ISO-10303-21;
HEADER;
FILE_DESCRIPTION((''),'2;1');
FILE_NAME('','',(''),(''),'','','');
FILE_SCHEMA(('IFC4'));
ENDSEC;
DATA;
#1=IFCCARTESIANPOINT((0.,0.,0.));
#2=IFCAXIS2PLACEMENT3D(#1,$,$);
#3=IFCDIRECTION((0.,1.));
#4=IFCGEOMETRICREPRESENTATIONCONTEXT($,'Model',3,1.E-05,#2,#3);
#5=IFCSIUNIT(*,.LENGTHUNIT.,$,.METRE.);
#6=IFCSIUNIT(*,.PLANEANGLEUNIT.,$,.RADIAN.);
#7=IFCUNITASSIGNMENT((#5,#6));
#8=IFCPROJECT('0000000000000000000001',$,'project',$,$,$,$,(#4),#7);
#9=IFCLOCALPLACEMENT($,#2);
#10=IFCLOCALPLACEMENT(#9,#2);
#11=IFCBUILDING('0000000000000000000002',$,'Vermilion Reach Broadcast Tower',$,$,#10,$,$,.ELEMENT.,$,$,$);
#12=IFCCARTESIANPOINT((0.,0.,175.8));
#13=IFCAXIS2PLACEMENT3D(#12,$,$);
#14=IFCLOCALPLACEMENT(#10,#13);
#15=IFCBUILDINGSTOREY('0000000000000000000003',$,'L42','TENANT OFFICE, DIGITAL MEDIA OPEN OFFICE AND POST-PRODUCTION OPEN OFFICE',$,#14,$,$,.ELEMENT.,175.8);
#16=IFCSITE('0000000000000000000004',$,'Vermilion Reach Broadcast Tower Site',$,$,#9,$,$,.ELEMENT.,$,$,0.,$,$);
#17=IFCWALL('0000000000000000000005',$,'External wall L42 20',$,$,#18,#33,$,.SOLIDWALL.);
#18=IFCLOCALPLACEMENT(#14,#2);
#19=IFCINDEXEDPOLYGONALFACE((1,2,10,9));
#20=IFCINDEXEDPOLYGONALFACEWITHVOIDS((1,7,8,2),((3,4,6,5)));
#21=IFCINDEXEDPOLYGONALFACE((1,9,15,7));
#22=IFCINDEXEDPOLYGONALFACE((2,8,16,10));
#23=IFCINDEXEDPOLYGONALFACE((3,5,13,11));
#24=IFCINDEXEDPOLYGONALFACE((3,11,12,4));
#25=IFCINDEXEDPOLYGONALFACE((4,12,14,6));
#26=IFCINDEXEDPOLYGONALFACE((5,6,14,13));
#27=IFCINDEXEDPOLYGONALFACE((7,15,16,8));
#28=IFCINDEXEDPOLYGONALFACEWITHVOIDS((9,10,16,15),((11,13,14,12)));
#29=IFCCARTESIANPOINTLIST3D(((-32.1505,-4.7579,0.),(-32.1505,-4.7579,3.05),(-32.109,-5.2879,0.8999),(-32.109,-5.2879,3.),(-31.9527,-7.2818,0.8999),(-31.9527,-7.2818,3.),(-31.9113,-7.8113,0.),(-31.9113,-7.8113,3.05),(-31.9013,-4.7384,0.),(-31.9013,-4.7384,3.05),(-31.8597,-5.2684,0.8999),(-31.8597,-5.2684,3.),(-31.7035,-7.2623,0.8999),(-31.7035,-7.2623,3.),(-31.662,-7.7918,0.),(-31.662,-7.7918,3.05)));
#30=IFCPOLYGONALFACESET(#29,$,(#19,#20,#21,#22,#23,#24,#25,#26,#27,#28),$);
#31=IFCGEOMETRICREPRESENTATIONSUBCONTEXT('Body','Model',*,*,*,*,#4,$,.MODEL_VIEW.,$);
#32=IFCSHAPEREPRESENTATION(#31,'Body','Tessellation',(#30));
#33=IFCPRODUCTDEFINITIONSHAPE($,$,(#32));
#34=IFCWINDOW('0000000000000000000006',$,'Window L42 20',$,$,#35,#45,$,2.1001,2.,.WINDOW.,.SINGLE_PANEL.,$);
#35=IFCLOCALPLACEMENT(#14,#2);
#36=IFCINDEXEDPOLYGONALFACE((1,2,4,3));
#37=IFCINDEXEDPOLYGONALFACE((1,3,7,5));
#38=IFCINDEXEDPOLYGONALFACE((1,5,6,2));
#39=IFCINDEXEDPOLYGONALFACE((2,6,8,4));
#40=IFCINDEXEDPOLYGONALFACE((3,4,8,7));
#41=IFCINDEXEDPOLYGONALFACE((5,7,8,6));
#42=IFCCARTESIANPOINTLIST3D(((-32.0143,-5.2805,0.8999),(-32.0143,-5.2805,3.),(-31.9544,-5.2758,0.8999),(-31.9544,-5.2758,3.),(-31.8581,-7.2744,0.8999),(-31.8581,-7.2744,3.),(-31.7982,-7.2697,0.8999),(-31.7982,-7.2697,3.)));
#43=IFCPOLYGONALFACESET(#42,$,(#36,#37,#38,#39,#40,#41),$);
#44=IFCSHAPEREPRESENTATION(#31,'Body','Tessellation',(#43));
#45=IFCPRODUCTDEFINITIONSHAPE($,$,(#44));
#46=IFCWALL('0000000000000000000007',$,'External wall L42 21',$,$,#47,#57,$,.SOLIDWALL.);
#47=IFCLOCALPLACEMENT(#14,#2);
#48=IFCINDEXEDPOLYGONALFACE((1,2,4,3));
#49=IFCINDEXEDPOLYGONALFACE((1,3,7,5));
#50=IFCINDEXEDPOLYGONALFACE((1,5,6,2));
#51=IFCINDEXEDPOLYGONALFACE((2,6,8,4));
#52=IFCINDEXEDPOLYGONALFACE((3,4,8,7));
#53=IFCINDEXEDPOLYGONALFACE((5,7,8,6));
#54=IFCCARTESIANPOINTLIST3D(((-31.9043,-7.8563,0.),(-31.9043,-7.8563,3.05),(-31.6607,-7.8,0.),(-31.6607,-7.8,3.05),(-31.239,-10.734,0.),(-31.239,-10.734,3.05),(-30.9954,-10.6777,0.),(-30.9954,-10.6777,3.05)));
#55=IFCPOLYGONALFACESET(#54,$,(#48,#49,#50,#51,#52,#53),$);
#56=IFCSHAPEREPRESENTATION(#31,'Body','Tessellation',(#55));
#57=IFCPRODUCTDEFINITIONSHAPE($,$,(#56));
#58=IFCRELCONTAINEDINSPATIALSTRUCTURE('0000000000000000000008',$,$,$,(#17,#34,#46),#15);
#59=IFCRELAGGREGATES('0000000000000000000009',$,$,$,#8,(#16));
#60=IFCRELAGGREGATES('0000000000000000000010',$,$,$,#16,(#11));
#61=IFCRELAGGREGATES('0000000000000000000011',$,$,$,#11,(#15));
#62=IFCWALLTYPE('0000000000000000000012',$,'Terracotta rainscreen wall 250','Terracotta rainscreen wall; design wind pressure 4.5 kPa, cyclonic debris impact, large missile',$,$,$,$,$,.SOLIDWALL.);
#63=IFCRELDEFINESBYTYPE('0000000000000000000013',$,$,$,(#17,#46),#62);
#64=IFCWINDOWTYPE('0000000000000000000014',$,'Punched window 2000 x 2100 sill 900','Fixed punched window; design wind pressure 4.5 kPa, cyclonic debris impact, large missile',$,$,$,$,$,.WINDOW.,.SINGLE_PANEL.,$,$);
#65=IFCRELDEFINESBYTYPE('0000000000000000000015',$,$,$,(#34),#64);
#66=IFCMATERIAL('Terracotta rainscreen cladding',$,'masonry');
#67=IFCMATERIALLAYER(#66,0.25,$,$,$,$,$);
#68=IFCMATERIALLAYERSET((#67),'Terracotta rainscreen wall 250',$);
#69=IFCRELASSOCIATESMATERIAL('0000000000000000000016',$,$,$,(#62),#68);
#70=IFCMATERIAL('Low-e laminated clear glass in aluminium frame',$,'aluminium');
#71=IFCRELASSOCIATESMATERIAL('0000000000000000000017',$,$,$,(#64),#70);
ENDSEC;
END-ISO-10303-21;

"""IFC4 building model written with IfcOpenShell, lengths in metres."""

from ifc_helpers import new_model, si_unit, direction, frame, frame_2d, origin, place, context, subcontext, project, spatial, rectangle, extrude, material, layer, layer_set, type_object, element, fill, save


model = new_model("IFC4")

# Units and contexts
model_context = context("Model", 3, precision=1e-05, world=origin(), true_north=direction((0.0, 1.0)))
body_context = subcontext(model_context, "Body", "Model", "MODEL_VIEW")
ifc_project = project(units=[si_unit("LENGTHUNIT", "METRE"), si_unit("PLANEANGLEUNIT", "RADIAN")], contexts=[model_context])

# Site, building, storey
site_placement = place(None, origin())
site = spatial("IfcSite", under=ifc_project, at=site_placement, Name="Vermilion Reach Broadcast Tower Site", CompositionType="ELEMENT", RefElevation=0.0)
building_placement = place(site_placement, origin())
building = spatial("IfcBuilding", under=site, at=building_placement, Name="Vermilion Reach Broadcast Tower", CompositionType="ELEMENT")
storey_placement = place(building_placement, frame((0.0, 0.0, 175.8)))
storey = spatial("IfcBuildingStorey", under=building, at=storey_placement, Name="L42", Description="TENANT OFFICE, DIGITAL MEDIA OPEN OFFICE AND POST-PRODUCTION OPEN OFFICE", CompositionType="ELEMENT", Elevation=175.8)

# Shared definitions
ifc_material_1 = material(Name="Terracotta rainscreen cladding", Category="masonry")
ifc_layer_1 = layer(ifc_material_1, 0.25)
ifc_layer_set_1 = layer_set([ifc_layer_1], Name="Terracotta rainscreen wall 250")
wall_type_1 = type_object("IfcWallType", Name="Terracotta rainscreen wall 250", Description="Terracotta rainscreen wall; design wind pressure 4.5 kPa, cyclonic debris impact, large missile", PredefinedType="SOLIDWALL", material=ifc_layer_set_1)

# Wall, opening, window
wall_1_placement = place(storey_placement, frame((-32.0259, -4.7483, 0.0), z_axis=(0.0, 0.0, 1.0), x_axis=(0.078117, -0.996944, 0.0)))
wall_1 = element("IfcWall", 1, at=wall_1_placement, inside=storey, type_object=wall_type_1, Name="External wall L42 20", PredefinedType="SOLIDWALL", context=body_context, shape_type="SweptSolid", body=[
    extrude(rectangle(XDim=3.0627, YDim=0.25, at=frame_2d((1.5312, 0.0))), origin(), (0.0, 0.0, 1.0), 3.05),
])
opening_1_placement = place(wall_1_placement, frame((0.5315, 0.0, 0.8999)))
opening_1 = element("IfcOpeningElement", 2, at=opening_1_placement, cuts=wall_1, PredefinedType="OPENING", context=body_context, shape_type="SweptSolid", body=[
    extrude(rectangle(XDim=2.0, YDim=2.1001, at=frame_2d((1.0, 1.05))), frame((0.0, 0.135, 0.0), z_axis=(0.0, -1.0, 0.0), x_axis=(1.0, 0.0, 0.0)), (0.0, 0.0, 1.0), 0.27),
])
ifc_material_2 = material(Name="Low-e laminated clear glass in aluminium frame", Category="aluminium")
window_type = type_object("IfcWindowType", Name="Punched window 2000 x 2100 sill 900", Description="Fixed punched window; design wind pressure 4.5 kPa, cyclonic debris impact, large missile", PartitioningType="SINGLE_PANEL", PredefinedType="WINDOW", material=ifc_material_2)
window_placement = place(opening_1_placement, origin())
window = element("IfcWindow", 3, at=window_placement, inside=storey, type_object=window_type, Name="Window L42 20", OverallHeight=2.1001, OverallWidth=2.0, PartitioningType="SINGLE_PANEL", PredefinedType="WINDOW", context=body_context, shape_type="SweptSolid", body=[
    extrude(rectangle(XDim=2.0, YDim=2.1001, at=frame_2d((1.0, 1.05))), frame((0.0, 0.03, 0.0), z_axis=(0.0, -1.0, 0.0), x_axis=(1.0, 0.0, 0.0)), (0.0, 0.0, 1.0), 0.0601),
])
fill(opening_1, window)

# Wall
wall_2_placement = place(storey_placement, frame((-31.7825, -7.8281, 0.0), z_axis=(0.0, 0.0, 1.0), x_axis=(0.225246, -0.974302, 0.0)))
element("IfcWall", 4, at=wall_2_placement, inside=storey, type_object=wall_type_1, Name="External wall L42 21", PredefinedType="SOLIDWALL", context=body_context, shape_type="SweptSolid", body=[
    extrude(rectangle(XDim=2.9536, YDim=0.25, at=frame_2d((1.4768, 0.0))), origin(), (0.0, 0.0, 1.0), 3.05),
])

save(model, "model.ifc")
